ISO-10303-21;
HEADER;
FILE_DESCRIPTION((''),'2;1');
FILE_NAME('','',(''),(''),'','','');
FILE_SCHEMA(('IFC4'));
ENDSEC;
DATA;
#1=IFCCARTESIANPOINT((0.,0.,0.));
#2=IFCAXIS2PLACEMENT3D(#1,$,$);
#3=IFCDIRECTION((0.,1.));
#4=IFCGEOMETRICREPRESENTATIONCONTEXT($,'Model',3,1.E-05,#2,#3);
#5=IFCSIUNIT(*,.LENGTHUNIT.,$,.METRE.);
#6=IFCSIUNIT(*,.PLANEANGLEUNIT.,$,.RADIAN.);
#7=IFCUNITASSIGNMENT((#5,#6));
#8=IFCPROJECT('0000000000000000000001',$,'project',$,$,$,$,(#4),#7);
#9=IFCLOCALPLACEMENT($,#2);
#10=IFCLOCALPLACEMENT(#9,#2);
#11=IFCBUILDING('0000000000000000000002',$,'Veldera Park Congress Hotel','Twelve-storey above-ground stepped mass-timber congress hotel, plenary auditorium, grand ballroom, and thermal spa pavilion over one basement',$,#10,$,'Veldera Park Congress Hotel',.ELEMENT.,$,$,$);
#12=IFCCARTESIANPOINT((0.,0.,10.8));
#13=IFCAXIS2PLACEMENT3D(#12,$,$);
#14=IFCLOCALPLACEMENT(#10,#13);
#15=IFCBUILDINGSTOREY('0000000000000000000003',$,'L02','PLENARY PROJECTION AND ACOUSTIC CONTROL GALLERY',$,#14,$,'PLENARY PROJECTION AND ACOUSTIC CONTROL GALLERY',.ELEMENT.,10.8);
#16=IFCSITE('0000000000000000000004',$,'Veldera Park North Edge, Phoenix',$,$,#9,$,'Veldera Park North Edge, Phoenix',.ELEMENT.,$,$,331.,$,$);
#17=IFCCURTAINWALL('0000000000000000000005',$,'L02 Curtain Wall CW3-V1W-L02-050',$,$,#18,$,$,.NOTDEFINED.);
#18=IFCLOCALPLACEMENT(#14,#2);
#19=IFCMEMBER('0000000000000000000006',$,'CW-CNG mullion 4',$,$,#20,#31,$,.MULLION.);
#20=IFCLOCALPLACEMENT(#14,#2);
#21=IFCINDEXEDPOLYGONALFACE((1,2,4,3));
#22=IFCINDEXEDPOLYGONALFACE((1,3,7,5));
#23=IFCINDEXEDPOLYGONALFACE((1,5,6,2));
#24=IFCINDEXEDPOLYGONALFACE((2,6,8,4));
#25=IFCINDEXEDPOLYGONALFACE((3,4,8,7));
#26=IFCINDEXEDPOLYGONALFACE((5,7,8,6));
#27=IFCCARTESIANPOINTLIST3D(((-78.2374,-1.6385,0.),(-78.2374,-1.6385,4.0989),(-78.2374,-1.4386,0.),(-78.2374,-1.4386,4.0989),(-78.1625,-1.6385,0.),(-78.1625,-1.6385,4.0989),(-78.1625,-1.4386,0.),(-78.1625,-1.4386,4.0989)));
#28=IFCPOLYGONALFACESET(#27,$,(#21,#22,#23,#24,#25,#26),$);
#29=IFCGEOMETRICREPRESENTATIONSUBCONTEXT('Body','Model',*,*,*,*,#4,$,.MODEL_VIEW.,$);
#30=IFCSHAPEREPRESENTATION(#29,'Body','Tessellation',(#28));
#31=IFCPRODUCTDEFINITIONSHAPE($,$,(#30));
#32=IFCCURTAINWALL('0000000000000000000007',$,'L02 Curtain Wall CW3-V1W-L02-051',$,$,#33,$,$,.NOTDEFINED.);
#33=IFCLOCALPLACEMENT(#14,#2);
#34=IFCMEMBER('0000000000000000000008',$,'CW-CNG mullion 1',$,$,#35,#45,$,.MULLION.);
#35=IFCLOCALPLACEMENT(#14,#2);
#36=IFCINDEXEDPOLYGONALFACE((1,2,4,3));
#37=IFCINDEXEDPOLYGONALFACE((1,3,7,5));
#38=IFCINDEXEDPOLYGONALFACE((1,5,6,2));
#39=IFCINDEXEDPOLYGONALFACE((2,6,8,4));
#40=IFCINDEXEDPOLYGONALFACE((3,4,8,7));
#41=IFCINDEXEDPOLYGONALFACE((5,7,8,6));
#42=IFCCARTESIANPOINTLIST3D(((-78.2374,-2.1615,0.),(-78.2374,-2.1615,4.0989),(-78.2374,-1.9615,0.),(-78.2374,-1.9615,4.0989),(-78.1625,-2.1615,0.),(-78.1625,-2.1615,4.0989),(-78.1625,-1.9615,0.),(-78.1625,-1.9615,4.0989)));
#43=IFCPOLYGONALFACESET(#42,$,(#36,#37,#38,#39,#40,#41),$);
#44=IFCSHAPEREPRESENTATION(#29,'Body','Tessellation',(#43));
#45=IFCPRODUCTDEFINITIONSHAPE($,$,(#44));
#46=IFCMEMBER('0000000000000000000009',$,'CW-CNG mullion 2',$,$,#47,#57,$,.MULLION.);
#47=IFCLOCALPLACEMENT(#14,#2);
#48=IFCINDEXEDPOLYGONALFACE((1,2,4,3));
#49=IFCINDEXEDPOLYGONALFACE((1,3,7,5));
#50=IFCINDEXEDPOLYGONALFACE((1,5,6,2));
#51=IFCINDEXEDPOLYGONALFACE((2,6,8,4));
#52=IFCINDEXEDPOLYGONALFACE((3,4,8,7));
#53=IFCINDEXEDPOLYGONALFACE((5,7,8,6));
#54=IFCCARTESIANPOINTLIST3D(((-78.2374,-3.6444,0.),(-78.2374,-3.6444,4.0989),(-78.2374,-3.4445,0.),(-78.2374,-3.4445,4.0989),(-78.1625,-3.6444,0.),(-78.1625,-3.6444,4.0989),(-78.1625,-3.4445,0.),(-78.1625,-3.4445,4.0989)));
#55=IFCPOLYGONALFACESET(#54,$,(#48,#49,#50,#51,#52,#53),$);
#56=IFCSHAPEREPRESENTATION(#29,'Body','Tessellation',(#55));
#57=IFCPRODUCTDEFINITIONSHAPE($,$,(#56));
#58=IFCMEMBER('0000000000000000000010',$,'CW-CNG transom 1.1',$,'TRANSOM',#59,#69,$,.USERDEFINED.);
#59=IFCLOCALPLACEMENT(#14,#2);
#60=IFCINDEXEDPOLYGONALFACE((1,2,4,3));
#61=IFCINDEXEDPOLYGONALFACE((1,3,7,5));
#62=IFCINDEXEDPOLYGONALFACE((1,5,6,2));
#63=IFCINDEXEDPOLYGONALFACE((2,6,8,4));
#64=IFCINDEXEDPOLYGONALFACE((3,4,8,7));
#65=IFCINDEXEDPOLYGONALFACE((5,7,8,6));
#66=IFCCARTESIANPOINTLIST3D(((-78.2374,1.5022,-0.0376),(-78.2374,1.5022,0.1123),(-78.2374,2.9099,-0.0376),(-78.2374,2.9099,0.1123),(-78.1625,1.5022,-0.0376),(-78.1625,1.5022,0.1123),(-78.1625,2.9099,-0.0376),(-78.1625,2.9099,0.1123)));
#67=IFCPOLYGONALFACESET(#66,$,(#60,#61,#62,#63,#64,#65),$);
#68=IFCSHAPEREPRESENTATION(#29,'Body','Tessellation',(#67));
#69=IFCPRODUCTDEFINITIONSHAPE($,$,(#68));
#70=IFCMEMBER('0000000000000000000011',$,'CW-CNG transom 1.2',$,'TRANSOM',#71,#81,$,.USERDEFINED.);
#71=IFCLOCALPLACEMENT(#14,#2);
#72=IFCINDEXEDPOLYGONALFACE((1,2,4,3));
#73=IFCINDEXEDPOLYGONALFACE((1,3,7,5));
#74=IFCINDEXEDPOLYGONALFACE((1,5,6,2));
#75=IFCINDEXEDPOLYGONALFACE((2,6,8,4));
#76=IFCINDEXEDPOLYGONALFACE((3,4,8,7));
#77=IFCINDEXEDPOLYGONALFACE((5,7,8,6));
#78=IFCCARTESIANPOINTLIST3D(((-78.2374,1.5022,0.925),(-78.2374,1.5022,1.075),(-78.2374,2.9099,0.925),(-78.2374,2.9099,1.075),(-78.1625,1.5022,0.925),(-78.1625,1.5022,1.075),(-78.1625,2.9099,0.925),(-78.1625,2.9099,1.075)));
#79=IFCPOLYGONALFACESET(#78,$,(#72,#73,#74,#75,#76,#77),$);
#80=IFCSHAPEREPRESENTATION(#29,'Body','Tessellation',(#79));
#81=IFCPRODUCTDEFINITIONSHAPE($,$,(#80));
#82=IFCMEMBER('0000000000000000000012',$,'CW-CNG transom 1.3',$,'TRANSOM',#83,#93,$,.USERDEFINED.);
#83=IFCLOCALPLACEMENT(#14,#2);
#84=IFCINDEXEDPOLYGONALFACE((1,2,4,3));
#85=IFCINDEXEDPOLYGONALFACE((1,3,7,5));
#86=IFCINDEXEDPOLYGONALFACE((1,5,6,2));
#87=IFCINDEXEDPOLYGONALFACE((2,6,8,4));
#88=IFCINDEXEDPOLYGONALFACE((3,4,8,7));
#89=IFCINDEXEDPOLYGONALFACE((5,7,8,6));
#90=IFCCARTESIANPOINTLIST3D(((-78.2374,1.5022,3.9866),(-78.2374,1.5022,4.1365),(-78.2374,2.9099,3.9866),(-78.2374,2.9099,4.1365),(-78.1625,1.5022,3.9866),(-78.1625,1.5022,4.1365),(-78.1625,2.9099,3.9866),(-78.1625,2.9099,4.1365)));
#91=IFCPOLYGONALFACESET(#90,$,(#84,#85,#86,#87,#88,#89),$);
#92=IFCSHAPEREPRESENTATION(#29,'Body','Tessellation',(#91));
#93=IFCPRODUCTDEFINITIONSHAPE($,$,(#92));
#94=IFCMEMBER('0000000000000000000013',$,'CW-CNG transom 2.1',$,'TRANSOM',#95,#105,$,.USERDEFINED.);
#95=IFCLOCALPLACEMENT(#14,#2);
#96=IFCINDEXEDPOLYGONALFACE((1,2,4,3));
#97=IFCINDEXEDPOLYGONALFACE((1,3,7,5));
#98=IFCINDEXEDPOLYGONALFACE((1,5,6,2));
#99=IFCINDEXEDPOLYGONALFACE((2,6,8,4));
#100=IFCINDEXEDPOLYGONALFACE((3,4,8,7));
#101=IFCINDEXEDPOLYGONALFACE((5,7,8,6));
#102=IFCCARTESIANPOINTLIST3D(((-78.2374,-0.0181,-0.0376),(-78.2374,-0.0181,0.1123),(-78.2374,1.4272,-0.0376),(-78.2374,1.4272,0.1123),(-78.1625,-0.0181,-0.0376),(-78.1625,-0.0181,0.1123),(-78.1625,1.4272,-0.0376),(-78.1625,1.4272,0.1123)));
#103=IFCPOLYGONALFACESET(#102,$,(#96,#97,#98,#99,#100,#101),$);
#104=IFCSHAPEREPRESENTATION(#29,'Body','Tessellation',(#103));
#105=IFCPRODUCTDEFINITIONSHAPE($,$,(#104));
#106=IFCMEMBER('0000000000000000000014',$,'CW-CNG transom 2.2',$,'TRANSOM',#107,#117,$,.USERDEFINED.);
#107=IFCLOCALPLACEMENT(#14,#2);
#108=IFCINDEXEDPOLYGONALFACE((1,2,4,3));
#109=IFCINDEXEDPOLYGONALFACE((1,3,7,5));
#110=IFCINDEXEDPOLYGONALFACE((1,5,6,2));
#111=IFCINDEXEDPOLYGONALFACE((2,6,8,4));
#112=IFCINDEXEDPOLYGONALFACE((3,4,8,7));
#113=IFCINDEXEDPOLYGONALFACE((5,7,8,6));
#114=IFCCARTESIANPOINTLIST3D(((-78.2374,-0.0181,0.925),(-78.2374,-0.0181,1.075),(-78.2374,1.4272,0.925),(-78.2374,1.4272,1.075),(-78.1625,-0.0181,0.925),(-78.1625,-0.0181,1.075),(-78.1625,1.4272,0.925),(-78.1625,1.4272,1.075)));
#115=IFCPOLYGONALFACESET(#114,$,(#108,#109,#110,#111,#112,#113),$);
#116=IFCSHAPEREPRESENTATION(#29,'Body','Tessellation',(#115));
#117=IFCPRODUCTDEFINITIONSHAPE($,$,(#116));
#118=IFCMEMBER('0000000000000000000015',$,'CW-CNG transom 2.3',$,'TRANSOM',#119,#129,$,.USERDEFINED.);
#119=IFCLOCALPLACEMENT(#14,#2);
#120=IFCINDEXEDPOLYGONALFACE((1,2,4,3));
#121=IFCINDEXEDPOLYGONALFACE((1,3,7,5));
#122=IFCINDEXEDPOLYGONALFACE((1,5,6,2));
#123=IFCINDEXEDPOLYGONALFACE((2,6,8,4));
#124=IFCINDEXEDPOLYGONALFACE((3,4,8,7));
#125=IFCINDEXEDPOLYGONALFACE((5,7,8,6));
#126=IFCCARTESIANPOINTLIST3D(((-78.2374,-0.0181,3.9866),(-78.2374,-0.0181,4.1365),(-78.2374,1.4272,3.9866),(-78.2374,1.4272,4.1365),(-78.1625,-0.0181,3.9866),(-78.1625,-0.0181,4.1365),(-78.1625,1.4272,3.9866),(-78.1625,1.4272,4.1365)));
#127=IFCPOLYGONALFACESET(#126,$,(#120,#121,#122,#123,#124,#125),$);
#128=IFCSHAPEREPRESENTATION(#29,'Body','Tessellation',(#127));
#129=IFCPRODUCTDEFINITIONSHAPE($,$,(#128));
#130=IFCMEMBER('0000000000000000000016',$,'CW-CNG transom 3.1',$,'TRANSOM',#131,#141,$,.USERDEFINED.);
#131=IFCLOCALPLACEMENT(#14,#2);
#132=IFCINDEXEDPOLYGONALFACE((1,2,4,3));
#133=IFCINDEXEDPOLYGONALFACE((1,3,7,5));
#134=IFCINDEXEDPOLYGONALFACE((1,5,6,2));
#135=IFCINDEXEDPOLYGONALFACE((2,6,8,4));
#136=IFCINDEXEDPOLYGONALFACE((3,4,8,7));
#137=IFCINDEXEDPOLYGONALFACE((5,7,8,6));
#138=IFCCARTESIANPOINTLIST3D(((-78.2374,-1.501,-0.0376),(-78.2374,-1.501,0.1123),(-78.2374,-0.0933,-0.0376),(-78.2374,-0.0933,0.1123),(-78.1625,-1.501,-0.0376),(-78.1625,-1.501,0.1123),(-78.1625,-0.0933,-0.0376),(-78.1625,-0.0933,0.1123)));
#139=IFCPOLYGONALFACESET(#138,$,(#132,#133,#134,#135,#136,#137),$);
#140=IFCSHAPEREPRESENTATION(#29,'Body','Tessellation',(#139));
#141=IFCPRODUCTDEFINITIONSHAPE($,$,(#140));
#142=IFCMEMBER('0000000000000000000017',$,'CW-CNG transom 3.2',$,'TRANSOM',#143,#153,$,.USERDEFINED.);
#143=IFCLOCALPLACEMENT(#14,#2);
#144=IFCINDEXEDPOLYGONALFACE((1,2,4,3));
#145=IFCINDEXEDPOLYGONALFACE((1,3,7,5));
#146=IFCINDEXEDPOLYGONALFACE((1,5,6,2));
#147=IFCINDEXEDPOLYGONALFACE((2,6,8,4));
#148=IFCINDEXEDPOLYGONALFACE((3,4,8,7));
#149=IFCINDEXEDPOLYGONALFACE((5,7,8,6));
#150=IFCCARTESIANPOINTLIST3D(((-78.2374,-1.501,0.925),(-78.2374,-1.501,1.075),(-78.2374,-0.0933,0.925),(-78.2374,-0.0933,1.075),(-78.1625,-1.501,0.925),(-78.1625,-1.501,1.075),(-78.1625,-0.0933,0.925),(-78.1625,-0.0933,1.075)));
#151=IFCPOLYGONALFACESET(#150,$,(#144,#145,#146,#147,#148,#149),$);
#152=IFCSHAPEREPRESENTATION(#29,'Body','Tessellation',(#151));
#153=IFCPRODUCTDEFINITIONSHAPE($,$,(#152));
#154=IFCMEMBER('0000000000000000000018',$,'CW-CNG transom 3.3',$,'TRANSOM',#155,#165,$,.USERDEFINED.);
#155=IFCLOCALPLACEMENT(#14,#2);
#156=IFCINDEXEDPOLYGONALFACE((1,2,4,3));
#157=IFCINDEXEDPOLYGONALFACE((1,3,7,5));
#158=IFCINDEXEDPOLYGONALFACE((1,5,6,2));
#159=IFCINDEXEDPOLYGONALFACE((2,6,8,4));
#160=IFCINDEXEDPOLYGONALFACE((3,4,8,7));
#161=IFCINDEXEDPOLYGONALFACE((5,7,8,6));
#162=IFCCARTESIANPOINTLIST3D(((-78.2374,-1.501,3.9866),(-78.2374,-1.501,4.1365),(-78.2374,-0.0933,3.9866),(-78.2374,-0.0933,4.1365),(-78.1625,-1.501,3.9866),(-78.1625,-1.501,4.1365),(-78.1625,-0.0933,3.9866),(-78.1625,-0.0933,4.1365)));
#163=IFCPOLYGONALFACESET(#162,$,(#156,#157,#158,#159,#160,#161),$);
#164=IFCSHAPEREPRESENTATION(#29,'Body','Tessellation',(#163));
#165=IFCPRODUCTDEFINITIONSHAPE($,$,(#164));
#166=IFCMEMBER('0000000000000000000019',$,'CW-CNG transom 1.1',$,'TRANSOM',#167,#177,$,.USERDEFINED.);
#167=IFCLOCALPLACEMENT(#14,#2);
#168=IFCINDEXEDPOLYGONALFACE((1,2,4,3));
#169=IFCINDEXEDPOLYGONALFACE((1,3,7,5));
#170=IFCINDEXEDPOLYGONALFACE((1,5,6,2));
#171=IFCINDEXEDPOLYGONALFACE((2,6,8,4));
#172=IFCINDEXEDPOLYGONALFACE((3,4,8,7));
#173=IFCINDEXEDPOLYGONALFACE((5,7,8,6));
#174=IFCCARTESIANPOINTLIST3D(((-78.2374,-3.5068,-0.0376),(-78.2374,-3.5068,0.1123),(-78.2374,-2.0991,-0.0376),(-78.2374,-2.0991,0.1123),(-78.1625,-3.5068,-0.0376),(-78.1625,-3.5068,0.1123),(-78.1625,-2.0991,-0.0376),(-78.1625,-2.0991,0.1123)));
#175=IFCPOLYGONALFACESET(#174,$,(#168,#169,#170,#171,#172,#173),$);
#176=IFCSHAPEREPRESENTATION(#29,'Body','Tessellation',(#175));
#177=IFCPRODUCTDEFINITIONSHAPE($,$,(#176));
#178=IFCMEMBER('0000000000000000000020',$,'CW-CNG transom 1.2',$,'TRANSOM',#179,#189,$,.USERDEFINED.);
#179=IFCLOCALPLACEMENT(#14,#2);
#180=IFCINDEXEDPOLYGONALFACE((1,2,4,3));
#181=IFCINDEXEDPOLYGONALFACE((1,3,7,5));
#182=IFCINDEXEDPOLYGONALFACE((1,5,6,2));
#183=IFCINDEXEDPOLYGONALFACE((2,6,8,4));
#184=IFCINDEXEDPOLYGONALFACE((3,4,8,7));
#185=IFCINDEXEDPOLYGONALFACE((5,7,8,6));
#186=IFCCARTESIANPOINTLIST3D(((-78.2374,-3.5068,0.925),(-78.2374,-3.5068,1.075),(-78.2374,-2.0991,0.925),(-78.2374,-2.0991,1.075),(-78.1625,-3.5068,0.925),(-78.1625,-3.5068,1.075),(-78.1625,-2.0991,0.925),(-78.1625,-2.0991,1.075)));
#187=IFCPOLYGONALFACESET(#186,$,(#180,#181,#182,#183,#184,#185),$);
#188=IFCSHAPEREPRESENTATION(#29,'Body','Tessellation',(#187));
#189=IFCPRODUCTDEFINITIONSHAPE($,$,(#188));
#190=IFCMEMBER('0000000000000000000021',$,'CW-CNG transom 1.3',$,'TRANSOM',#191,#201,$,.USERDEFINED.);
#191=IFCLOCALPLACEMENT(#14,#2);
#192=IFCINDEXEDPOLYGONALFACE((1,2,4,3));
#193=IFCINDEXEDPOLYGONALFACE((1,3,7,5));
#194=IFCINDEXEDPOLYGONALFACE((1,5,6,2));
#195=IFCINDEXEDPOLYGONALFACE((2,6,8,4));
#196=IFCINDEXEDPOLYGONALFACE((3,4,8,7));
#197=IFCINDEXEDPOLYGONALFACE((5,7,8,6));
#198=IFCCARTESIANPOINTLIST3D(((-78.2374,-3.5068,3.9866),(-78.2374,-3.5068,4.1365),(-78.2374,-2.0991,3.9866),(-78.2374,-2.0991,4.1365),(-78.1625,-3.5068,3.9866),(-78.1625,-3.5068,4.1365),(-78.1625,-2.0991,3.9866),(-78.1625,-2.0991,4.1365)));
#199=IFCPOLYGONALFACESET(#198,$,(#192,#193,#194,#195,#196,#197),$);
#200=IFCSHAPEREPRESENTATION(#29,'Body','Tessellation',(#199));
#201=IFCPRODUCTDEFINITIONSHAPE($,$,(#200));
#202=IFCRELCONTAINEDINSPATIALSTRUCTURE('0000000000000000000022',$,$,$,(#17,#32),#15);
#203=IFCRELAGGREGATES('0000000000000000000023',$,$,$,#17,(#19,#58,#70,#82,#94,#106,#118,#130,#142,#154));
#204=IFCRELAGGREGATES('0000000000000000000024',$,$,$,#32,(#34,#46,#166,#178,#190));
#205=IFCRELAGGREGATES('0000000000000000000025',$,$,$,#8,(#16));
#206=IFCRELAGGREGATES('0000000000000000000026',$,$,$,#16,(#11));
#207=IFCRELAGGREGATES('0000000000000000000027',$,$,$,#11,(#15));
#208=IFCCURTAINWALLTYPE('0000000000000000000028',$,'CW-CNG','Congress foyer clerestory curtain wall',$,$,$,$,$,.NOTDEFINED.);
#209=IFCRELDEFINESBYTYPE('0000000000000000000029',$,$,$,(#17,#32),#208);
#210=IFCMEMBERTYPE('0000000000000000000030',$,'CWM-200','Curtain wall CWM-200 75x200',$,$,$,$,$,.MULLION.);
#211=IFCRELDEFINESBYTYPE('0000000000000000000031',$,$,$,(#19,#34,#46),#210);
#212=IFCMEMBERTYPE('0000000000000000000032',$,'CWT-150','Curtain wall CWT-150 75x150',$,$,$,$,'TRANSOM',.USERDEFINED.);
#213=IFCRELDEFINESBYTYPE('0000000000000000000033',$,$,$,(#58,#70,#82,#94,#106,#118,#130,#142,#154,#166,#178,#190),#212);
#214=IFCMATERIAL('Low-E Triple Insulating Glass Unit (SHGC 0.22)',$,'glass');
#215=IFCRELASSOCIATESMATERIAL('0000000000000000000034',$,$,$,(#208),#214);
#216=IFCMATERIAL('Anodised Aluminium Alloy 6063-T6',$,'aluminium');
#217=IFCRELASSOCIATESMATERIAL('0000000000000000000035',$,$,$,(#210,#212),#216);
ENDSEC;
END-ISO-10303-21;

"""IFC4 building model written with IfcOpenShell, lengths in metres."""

from ifc_helpers import new_model, si_unit, direction, frame, origin, origin_2d, place, context, subcontext, project, spatial, rectangle, extrude, material, material_profile, profile_set, type_object, element, aggregate, save


model = new_model("IFC4")

# Units and contexts
model_context = context("Model", 3, precision=1e-05, world=origin(), true_north=direction((0.0, 1.0)))
body_context = subcontext(model_context, "Body", "Model", "MODEL_VIEW")
ifc_project = project(units=[si_unit("LENGTHUNIT", "METRE"), si_unit("PLANEANGLEUNIT", "RADIAN")], contexts=[model_context])

# Site, building, storey
site_placement = place(None, origin())
site = spatial("IfcSite", under=ifc_project, at=site_placement, Name="Veldera Park North Edge, Phoenix", LongName="Veldera Park North Edge, Phoenix", CompositionType="ELEMENT", RefElevation=331.0)
building_placement = place(site_placement, origin())
building = spatial("IfcBuilding", under=site, at=building_placement, Name="Veldera Park Congress Hotel", Description="Twelve-storey above-ground stepped mass-timber congress hotel, plenary auditorium, grand ballroom, and thermal spa pavilion over one basement", LongName="Veldera Park Congress Hotel", CompositionType="ELEMENT")
storey_placement = place(building_placement, frame((0.0, 0.0, 10.8)))
storey = spatial("IfcBuildingStorey", under=building, at=storey_placement, Name="L02", Description="PLENARY PROJECTION AND ACOUSTIC CONTROL GALLERY", LongName="PLENARY PROJECTION AND ACOUSTIC CONTROL GALLERY", CompositionType="ELEMENT", Elevation=10.8)

# Shared definitions
ifc_material_1 = material(Name="Low-E Triple Insulating Glass Unit (SHGC 0.22)", Category="glass")
curtain_wall_type = type_object("IfcCurtainWallType", Name="CW-CNG", Description="Congress foyer clerestory curtain wall", PredefinedType="NOTDEFINED", material=ifc_material_1)
ifc_material_2 = material(Name="Anodised Aluminium Alloy 6063-T6", Category="aluminium")
ifc_material_profile_1 = material_profile(ifc_material_2, rectangle(XDim=0.075, YDim=0.2, at=origin_2d()), Name="ALU 75x200")
ifc_profile_set_1 = profile_set([ifc_material_profile_1], Name="Anodised Aluminium Alloy 6063-T6")
member_type_1 = type_object("IfcMemberType", Name="CWM-200", Description="Curtain wall CWM-200 75x200", PredefinedType="MULLION", material=ifc_profile_set_1)

# Curtain walls, members
curtain_wall_1_placement = place(storey_placement, origin())
curtain_wall_1 = element("IfcCurtainWall", 1, at=curtain_wall_1_placement, inside=storey, type_object=curtain_wall_type, Name="L02 Curtain Wall CW3-V1W-L02-050", PredefinedType="NOTDEFINED")
member_1_placement = place(storey_placement, frame((-78.2, -1.5386, 0.0), z_axis=(0.0, 0.0, 1.0), x_axis=(1.0, 0.0, 0.0)))
member_1 = element("IfcMember", 2, at=member_1_placement, type_object=member_type_1, Name="CW-CNG mullion 4", PredefinedType="MULLION", context=body_context, shape_type="SweptSolid", body=[
    extrude(rectangle(XDim=0.075, YDim=0.2, at=origin_2d()), origin(), (0.0, 0.0, 1.0), 4.0989),
])
curtain_wall_2_placement = place(storey_placement, origin())
curtain_wall_2 = element("IfcCurtainWall", 3, at=curtain_wall_2_placement, inside=storey, type_object=curtain_wall_type, Name="L02 Curtain Wall CW3-V1W-L02-051", PredefinedType="NOTDEFINED")
member_2_placement = place(storey_placement, frame((-78.2, -2.0615, 0.0), z_axis=(0.0, 0.0, 1.0), x_axis=(1.0, 0.0, 0.0)))
member_2 = element("IfcMember", 4, at=member_2_placement, type_object=member_type_1, Name="CW-CNG mullion 1", PredefinedType="MULLION", context=body_context, shape_type="SweptSolid", body=[
    extrude(rectangle(XDim=0.075, YDim=0.2, at=origin_2d()), origin(), (0.0, 0.0, 1.0), 4.0989),
])
member_3_placement = place(storey_placement, frame((-78.2, -3.5444, 0.0), z_axis=(0.0, 0.0, 1.0), x_axis=(1.0, 0.0, 0.0)))
member_3 = element("IfcMember", 5, at=member_3_placement, type_object=member_type_1, Name="CW-CNG mullion 2", PredefinedType="MULLION", context=body_context, shape_type="SweptSolid", body=[
    extrude(rectangle(XDim=0.075, YDim=0.2, at=origin_2d()), origin(), (0.0, 0.0, 1.0), 4.0989),
])

# Members
ifc_material_profile_2 = material_profile(ifc_material_2, rectangle(XDim=0.075, YDim=0.1499, at=origin_2d()), Name="ALU 75x150")
ifc_profile_set_2 = profile_set([ifc_material_profile_2], Name="Anodised Aluminium Alloy 6063-T6")
member_type_2 = type_object("IfcMemberType", Name="CWT-150", Description="Curtain wall CWT-150 75x150", ElementType="TRANSOM", PredefinedType="USERDEFINED", material=ifc_profile_set_2)
member_4_placement = place(storey_placement, frame((-78.2, 2.9099, 0.0374), z_axis=(0.0, -1.0, 0.0), x_axis=(1.0, 0.0, 0.0)))
member_4 = element("IfcMember", 6, at=member_4_placement, type_object=member_type_2, Name="CW-CNG transom 1.1", ObjectType="TRANSOM", PredefinedType="USERDEFINED", context=body_context, shape_type="SweptSolid", body=[
    extrude(rectangle(XDim=0.075, YDim=0.1499, at=origin_2d()), origin(), (0.0, 0.0, 1.0), 1.4077),
])
member_5_placement = place(storey_placement, frame((-78.2, 2.9099, 1.0), z_axis=(0.0, -1.0, 0.0), x_axis=(1.0, 0.0, 0.0)))
member_5 = element("IfcMember", 7, at=member_5_placement, type_object=member_type_2, Name="CW-CNG transom 1.2", ObjectType="TRANSOM", PredefinedType="USERDEFINED", context=body_context, shape_type="SweptSolid", body=[
    extrude(rectangle(XDim=0.075, YDim=0.1499, at=origin_2d()), origin(), (0.0, 0.0, 1.0), 1.4077),
])
member_6_placement = place(storey_placement, frame((-78.2, 2.9099, 4.0615), z_axis=(0.0, -1.0, 0.0), x_axis=(1.0, 0.0, 0.0)))
member_6 = element("IfcMember", 8, at=member_6_placement, type_object=member_type_2, Name="CW-CNG transom 1.3", ObjectType="TRANSOM", PredefinedType="USERDEFINED", context=body_context, shape_type="SweptSolid", body=[
    extrude(rectangle(XDim=0.075, YDim=0.1499, at=origin_2d()), origin(), (0.0, 0.0, 1.0), 1.4077),
])
member_7_placement = place(storey_placement, frame((-78.2, 1.4272, 0.0374), z_axis=(0.0, -1.0, 0.0), x_axis=(1.0, 0.0, 0.0)))
member_7 = element("IfcMember", 9, at=member_7_placement, type_object=member_type_2, Name="CW-CNG transom 2.1", ObjectType="TRANSOM", PredefinedType="USERDEFINED", context=body_context, shape_type="SweptSolid", body=[
    extrude(rectangle(XDim=0.075, YDim=0.1499, at=origin_2d()), origin(), (0.0, 0.0, 1.0), 1.4453),
])
member_8_placement = place(storey_placement, frame((-78.2, 1.4272, 1.0), z_axis=(0.0, -1.0, 0.0), x_axis=(1.0, 0.0, 0.0)))
member_8 = element("IfcMember", 10, at=member_8_placement, type_object=member_type_2, Name="CW-CNG transom 2.2", ObjectType="TRANSOM", PredefinedType="USERDEFINED", context=body_context, shape_type="SweptSolid", body=[
    extrude(rectangle(XDim=0.075, YDim=0.1499, at=origin_2d()), origin(), (0.0, 0.0, 1.0), 1.4453),
])
member_9_placement = place(storey_placement, frame((-78.2, 1.4272, 4.0615), z_axis=(0.0, -1.0, 0.0), x_axis=(1.0, 0.0, 0.0)))
member_9 = element("IfcMember", 11, at=member_9_placement, type_object=member_type_2, Name="CW-CNG transom 2.3", ObjectType="TRANSOM", PredefinedType="USERDEFINED", context=body_context, shape_type="SweptSolid", body=[
    extrude(rectangle(XDim=0.075, YDim=0.1499, at=origin_2d()), origin(), (0.0, 0.0, 1.0), 1.4453),
])
member_10_placement = place(storey_placement, frame((-78.2, -0.0933, 0.0374), z_axis=(0.0, -1.0, 0.0), x_axis=(1.0, 0.0, 0.0)))
member_10 = element("IfcMember", 12, at=member_10_placement, type_object=member_type_2, Name="CW-CNG transom 3.1", ObjectType="TRANSOM", PredefinedType="USERDEFINED", context=body_context, shape_type="SweptSolid", body=[
    extrude(rectangle(XDim=0.075, YDim=0.1499, at=origin_2d()), origin(), (0.0, 0.0, 1.0), 1.4077),
])
member_11_placement = place(storey_placement, frame((-78.2, -0.0933, 1.0), z_axis=(0.0, -1.0, 0.0), x_axis=(1.0, 0.0, 0.0)))
member_11 = element("IfcMember", 13, at=member_11_placement, type_object=member_type_2, Name="CW-CNG transom 3.2", ObjectType="TRANSOM", PredefinedType="USERDEFINED", context=body_context, shape_type="SweptSolid", body=[
    extrude(rectangle(XDim=0.075, YDim=0.1499, at=origin_2d()), origin(), (0.0, 0.0, 1.0), 1.4077),
])
member_12_placement = place(storey_placement, frame((-78.2, -0.0933, 4.0615), z_axis=(0.0, -1.0, 0.0), x_axis=(1.0, 0.0, 0.0)))
member_12 = element("IfcMember", 14, at=member_12_placement, type_object=member_type_2, Name="CW-CNG transom 3.3", ObjectType="TRANSOM", PredefinedType="USERDEFINED", context=body_context, shape_type="SweptSolid", body=[
    extrude(rectangle(XDim=0.075, YDim=0.1499, at=origin_2d()), origin(), (0.0, 0.0, 1.0), 1.4077),
])
member_13_placement = place(storey_placement, frame((-78.2, -2.0991, 0.0374), z_axis=(0.0, -1.0, 0.0), x_axis=(1.0, 0.0, 0.0)))
member_13 = element("IfcMember", 15, at=member_13_placement, type_object=member_type_2, Name="CW-CNG transom 1.1", ObjectType="TRANSOM", PredefinedType="USERDEFINED", context=body_context, shape_type="SweptSolid", body=[
    extrude(rectangle(XDim=0.075, YDim=0.1499, at=origin_2d()), origin(), (0.0, 0.0, 1.0), 1.4077),
])
member_14_placement = place(storey_placement, frame((-78.2, -2.0991, 1.0), z_axis=(0.0, -1.0, 0.0), x_axis=(1.0, 0.0, 0.0)))
member_14 = element("IfcMember", 16, at=member_14_placement, type_object=member_type_2, Name="CW-CNG transom 1.2", ObjectType="TRANSOM", PredefinedType="USERDEFINED", context=body_context, shape_type="SweptSolid", body=[
    extrude(rectangle(XDim=0.075, YDim=0.1499, at=origin_2d()), origin(), (0.0, 0.0, 1.0), 1.4077),
])
member_15_placement = place(storey_placement, frame((-78.2, -2.0991, 4.0615), z_axis=(0.0, -1.0, 0.0), x_axis=(1.0, 0.0, 0.0)))
member_15 = element("IfcMember", 17, at=member_15_placement, type_object=member_type_2, Name="CW-CNG transom 1.3", ObjectType="TRANSOM", PredefinedType="USERDEFINED", context=body_context, shape_type="SweptSolid", body=[
    extrude(rectangle(XDim=0.075, YDim=0.1499, at=origin_2d()), origin(), (0.0, 0.0, 1.0), 1.4077),
])

aggregate(curtain_wall_1, [member_1, member_4, member_5, member_6, member_7, member_8, member_9, member_10, member_11, member_12])
aggregate(curtain_wall_2, [member_2, member_3, member_13, member_14, member_15])

save(model, "model.ifc")
